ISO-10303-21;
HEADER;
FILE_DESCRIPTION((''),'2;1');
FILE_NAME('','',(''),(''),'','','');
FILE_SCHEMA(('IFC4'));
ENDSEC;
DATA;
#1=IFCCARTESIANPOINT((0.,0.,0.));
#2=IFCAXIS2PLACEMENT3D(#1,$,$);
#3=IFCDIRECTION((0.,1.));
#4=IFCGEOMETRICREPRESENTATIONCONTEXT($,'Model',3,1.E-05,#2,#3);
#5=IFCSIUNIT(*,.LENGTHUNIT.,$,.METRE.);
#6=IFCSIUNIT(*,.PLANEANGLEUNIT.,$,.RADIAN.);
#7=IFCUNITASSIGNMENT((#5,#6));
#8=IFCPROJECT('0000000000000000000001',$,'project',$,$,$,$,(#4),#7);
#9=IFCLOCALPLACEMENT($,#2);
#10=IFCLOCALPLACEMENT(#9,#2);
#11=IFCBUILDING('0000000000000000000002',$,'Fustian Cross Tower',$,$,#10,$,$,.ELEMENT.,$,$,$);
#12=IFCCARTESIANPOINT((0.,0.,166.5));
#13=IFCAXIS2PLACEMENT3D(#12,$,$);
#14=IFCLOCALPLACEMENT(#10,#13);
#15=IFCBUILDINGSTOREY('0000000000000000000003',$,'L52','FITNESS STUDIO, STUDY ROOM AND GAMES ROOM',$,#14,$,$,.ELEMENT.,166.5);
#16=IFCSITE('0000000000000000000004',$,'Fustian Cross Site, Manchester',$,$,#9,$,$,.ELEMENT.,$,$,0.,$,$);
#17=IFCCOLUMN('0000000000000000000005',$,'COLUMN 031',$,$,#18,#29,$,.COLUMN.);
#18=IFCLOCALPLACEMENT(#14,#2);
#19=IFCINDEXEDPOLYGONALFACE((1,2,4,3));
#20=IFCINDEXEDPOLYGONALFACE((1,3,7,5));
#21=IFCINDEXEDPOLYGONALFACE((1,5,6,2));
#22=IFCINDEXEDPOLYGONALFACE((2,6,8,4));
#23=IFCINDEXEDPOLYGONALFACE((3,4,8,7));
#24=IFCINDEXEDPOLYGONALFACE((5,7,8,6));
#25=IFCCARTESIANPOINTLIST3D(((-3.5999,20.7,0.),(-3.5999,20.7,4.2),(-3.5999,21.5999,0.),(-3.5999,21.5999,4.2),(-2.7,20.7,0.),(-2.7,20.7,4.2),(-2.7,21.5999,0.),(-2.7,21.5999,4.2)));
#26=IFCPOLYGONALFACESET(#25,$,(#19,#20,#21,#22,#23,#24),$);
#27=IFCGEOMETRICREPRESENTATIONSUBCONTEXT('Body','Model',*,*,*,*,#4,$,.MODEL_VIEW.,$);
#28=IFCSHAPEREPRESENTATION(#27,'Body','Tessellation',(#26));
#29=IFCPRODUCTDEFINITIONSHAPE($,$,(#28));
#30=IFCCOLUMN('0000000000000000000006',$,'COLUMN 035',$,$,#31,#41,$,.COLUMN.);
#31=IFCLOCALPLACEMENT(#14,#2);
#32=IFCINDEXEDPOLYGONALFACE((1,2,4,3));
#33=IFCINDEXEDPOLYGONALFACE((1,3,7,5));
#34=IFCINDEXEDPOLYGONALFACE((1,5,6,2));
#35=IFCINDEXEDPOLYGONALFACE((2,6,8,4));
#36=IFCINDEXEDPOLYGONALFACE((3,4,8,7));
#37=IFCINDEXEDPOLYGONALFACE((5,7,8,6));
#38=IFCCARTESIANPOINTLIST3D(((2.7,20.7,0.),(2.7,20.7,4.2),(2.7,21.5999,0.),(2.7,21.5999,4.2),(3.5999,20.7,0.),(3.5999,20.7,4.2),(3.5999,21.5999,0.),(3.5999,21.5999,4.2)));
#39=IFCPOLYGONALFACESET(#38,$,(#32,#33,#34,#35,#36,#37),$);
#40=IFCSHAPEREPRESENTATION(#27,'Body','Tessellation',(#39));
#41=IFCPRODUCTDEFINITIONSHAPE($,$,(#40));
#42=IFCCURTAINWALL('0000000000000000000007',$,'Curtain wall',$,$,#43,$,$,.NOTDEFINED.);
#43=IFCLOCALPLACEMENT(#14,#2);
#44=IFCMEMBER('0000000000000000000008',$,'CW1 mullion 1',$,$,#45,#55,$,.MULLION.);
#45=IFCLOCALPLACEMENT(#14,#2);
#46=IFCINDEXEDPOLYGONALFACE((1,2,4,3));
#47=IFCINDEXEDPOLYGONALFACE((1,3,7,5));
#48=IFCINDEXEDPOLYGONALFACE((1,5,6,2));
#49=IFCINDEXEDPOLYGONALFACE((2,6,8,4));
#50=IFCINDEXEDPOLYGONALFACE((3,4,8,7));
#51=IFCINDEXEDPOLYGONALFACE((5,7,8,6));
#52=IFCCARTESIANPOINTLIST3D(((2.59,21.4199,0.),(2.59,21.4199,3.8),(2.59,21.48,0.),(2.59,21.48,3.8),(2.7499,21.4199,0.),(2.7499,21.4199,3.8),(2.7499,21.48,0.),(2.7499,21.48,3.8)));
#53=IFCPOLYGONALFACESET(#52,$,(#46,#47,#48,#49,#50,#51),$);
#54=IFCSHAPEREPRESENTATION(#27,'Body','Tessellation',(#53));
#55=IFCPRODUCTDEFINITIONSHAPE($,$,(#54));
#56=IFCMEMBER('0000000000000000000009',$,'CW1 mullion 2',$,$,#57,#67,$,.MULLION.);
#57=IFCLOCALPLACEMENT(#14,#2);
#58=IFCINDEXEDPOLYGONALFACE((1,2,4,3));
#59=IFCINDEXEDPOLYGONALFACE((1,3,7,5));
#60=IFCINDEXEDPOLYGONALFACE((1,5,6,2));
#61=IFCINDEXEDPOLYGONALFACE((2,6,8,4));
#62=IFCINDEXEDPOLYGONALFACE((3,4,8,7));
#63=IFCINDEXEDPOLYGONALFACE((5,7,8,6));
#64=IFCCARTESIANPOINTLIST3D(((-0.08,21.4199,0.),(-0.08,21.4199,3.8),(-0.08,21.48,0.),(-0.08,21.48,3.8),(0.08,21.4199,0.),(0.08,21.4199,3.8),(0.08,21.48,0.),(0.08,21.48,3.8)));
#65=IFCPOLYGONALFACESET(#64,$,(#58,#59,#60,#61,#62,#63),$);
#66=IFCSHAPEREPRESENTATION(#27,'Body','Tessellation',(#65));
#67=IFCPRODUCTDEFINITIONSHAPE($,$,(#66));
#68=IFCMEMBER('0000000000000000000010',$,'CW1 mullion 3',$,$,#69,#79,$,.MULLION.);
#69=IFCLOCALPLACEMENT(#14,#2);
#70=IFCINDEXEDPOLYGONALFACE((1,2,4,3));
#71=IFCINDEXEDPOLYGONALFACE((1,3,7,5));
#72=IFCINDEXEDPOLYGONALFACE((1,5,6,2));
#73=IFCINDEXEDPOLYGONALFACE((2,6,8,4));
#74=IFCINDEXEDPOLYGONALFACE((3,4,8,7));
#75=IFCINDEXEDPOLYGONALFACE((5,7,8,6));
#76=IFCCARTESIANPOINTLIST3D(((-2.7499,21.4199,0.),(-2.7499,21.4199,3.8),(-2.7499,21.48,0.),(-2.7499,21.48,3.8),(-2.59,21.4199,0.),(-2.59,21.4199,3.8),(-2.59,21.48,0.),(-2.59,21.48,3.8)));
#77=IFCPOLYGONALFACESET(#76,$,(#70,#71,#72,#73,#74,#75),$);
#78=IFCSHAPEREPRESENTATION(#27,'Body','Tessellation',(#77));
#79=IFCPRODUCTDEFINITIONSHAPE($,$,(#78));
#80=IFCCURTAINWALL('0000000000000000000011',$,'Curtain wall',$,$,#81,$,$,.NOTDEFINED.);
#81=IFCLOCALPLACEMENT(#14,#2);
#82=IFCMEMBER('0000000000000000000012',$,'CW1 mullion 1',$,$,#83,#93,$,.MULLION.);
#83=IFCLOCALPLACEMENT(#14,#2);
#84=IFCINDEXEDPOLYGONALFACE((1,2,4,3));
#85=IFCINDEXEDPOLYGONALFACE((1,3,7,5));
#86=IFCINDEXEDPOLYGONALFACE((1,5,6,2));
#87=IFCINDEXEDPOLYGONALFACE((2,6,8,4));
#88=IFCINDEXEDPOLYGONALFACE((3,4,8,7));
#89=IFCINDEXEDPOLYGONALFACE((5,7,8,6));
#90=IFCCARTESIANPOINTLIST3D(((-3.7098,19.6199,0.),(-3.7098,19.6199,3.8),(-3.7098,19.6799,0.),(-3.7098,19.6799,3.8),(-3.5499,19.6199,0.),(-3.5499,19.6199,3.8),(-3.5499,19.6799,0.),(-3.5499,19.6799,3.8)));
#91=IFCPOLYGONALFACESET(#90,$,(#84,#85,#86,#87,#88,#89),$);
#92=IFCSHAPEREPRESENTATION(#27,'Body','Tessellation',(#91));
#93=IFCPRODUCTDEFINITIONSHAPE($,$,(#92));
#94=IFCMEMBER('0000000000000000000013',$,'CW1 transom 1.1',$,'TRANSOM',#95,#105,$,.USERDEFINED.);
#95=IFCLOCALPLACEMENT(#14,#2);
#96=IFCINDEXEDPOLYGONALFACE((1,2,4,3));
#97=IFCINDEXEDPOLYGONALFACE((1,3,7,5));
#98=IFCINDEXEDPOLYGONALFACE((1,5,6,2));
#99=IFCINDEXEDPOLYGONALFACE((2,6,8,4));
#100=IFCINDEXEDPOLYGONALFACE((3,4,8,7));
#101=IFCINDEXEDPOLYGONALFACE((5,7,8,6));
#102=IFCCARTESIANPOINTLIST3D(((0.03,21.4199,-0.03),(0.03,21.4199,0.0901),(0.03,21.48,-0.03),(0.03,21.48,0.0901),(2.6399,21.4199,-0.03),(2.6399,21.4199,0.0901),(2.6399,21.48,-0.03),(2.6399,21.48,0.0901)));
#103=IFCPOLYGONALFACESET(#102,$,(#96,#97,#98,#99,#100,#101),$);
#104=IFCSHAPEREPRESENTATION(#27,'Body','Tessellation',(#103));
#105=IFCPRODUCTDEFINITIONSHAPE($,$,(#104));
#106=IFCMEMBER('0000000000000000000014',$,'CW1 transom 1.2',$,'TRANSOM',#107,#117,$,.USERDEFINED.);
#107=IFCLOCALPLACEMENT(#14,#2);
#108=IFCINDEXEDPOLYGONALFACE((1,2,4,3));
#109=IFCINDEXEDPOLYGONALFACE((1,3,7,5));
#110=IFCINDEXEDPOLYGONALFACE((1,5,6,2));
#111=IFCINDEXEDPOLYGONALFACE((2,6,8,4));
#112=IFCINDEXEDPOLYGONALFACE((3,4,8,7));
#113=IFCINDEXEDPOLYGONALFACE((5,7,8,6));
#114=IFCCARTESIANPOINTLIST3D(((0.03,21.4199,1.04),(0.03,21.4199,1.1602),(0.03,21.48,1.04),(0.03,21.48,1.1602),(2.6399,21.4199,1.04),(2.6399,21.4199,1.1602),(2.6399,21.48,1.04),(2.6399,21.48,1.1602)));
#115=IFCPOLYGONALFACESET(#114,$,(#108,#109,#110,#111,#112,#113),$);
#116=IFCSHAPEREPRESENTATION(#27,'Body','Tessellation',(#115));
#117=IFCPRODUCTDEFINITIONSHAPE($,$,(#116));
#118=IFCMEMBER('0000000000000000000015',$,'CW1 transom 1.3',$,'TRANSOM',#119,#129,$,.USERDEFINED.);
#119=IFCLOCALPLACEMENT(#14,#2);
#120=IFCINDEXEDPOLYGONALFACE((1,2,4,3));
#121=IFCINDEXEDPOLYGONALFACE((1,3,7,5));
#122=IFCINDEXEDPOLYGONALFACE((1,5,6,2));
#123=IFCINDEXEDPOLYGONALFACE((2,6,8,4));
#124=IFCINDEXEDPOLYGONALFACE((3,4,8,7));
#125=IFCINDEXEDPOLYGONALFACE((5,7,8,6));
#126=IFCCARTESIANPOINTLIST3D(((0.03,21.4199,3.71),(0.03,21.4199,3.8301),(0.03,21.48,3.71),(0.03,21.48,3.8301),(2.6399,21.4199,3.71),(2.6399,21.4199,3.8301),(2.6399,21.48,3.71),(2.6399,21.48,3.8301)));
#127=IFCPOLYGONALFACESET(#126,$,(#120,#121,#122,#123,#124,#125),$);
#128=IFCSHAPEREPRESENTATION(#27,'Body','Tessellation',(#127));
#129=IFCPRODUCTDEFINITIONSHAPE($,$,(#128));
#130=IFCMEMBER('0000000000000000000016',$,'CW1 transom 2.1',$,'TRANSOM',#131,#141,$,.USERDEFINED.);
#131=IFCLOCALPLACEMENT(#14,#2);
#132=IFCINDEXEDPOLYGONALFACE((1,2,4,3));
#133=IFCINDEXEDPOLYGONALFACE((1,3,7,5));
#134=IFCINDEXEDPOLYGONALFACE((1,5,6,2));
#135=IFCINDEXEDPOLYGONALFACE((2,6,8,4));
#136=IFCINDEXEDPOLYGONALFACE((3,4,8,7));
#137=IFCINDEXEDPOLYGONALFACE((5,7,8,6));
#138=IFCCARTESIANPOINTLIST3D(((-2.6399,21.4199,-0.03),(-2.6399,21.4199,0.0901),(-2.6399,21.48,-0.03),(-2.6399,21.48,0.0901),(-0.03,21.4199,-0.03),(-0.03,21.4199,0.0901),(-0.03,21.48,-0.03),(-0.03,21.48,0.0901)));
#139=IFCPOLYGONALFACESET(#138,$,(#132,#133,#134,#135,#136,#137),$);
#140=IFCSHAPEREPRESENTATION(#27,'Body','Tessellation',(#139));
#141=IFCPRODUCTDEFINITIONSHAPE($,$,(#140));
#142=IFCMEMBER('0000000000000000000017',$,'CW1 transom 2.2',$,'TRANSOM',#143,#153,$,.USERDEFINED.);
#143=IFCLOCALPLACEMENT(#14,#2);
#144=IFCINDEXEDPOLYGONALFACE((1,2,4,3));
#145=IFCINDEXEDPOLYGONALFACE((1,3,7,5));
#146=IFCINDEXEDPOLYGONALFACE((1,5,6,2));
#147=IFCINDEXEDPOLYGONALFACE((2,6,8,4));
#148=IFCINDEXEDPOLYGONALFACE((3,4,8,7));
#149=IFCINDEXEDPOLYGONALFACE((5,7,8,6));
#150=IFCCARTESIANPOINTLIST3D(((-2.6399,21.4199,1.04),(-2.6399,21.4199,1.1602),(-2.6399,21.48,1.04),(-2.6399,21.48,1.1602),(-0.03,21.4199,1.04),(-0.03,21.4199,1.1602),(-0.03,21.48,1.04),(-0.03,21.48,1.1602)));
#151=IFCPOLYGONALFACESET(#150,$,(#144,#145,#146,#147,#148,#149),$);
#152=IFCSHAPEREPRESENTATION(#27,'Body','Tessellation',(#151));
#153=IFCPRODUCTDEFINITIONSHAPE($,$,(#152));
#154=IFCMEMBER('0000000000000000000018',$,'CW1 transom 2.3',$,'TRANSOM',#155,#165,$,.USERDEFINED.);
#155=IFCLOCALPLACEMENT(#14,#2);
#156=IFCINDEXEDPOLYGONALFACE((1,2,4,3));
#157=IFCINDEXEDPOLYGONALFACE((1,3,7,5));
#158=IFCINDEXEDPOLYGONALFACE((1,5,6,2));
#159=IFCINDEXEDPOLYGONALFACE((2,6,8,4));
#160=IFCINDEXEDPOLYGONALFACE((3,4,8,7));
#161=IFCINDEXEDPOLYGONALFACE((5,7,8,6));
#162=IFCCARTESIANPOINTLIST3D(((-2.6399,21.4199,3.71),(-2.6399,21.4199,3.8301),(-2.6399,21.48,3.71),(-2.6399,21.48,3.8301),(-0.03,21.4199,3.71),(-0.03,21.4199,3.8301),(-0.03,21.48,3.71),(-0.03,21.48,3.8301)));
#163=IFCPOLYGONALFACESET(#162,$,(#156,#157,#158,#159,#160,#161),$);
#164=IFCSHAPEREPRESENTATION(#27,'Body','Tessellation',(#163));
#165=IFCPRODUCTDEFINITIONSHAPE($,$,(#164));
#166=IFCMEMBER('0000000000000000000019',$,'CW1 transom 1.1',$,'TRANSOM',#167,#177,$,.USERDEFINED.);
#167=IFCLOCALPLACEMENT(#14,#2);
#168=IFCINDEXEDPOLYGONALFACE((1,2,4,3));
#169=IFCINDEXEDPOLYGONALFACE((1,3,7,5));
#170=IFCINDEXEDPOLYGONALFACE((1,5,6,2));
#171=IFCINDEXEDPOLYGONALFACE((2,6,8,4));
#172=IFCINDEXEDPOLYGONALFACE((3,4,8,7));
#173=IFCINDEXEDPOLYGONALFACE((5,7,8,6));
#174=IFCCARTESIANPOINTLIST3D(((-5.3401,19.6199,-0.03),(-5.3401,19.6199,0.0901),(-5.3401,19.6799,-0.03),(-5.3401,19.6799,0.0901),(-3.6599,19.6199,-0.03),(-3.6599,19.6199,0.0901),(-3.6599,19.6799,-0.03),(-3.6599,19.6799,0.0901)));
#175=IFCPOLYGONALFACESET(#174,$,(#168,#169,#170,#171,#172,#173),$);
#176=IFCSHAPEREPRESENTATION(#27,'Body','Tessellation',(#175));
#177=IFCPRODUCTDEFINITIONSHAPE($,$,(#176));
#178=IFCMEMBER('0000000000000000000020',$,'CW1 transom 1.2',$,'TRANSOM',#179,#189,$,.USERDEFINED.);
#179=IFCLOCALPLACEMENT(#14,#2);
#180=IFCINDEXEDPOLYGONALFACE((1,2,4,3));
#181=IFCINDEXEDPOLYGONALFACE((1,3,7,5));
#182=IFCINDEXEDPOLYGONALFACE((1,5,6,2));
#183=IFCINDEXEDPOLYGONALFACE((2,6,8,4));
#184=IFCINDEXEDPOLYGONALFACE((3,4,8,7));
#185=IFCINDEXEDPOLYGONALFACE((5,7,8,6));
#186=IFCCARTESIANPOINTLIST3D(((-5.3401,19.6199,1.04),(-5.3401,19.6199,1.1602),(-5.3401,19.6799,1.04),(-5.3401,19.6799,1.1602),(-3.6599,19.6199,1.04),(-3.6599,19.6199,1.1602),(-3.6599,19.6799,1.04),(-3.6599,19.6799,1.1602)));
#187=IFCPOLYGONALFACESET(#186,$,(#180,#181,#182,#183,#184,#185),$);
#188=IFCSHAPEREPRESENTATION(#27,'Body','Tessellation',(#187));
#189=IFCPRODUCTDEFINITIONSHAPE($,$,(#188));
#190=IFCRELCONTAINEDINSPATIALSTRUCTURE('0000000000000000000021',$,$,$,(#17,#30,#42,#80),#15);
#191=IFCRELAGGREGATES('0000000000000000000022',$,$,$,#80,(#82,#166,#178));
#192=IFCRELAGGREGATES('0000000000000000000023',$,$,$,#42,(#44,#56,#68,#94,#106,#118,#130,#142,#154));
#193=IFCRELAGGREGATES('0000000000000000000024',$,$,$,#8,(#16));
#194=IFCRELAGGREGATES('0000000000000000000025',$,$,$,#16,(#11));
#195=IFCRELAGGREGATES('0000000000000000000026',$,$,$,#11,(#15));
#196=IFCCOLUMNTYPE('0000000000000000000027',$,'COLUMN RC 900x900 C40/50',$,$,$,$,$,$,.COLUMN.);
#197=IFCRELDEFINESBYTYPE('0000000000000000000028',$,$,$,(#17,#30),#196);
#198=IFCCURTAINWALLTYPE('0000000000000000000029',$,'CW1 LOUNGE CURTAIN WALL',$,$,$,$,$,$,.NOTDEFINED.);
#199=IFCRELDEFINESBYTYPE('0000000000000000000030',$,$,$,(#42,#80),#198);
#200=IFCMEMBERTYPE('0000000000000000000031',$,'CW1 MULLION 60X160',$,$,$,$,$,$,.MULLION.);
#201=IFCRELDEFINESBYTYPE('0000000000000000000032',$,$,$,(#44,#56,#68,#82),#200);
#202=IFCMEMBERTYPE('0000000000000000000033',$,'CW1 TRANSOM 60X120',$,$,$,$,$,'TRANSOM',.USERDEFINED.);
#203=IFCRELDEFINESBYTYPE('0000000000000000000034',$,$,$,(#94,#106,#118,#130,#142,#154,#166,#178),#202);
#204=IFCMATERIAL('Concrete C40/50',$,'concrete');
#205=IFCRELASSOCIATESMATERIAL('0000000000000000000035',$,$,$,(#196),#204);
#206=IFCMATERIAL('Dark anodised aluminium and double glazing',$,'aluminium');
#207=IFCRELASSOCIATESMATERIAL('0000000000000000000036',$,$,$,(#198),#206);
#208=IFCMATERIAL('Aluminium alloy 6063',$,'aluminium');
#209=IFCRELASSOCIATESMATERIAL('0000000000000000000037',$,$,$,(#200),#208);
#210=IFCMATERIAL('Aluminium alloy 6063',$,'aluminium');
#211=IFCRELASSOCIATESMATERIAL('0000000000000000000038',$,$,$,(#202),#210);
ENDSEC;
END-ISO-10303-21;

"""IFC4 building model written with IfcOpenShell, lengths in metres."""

from ifc_helpers import new_model, si_unit, direction, frame, origin, origin_2d, place, context, subcontext, project, spatial, rectangle, extrude, material, material_profile, profile_set, type_object, element, aggregate, save


model = new_model("IFC4")

# Units and contexts
model_context = context("Model", 3, precision=1e-05, world=origin(), true_north=direction((0.0, 1.0)))
body_context = subcontext(model_context, "Body", "Model", "MODEL_VIEW")
ifc_project = project(units=[si_unit("LENGTHUNIT", "METRE"), si_unit("PLANEANGLEUNIT", "RADIAN")], contexts=[model_context])

# Site, building, storey
site_placement = place(None, origin())
site = spatial("IfcSite", under=ifc_project, at=site_placement, Name="Fustian Cross Site, Manchester", CompositionType="ELEMENT", RefElevation=0.0)
building_placement = place(site_placement, origin())
building = spatial("IfcBuilding", under=site, at=building_placement, Name="Fustian Cross Tower", CompositionType="ELEMENT")
storey_placement = place(building_placement, frame((0.0, 0.0, 166.5)))
storey = spatial("IfcBuildingStorey", under=building, at=storey_placement, Name="L52", Description="FITNESS STUDIO, STUDY ROOM AND GAMES ROOM", CompositionType="ELEMENT", Elevation=166.5)

# Columns
ifc_material_1 = material(Name="Concrete C40/50", Category="concrete")
ifc_material_profile_1 = material_profile(ifc_material_1, rectangle(XDim=0.8999, YDim=0.8999, at=origin_2d()), Name="RC 900x900")
ifc_profile_set_1 = profile_set([ifc_material_profile_1], Name="Concrete C40/50")
column_type = type_object("IfcColumnType", Name="COLUMN RC 900x900 C40/50", PredefinedType="COLUMN", material=ifc_profile_set_1)
for number, where, z_axis, x_axis, name in (
    (1, (-3.1499, 21.1499, 0.0), (0.0, 0.0, 1.0), (1.0, 0.0, 0.0), "COLUMN 031"),
    (2, (3.1499, 21.1499, 0.0), (0.0, 0.0, 1.0), (1.0, 0.0, 0.0), "COLUMN 035"),
):
    element("IfcColumn", number, at=place(storey_placement, frame(where, z_axis=z_axis, x_axis=x_axis)), inside=storey, type_object=column_type, Name=name, PredefinedType="COLUMN", context=body_context, shape_type="SweptSolid", body=[
        extrude(rectangle(XDim=0.8999, YDim=0.8999, at=origin_2d()), origin(), (0.0, 0.0, 1.0), 4.2),
    ])

# Curtain wall, members
ifc_material_2 = material(Name="Dark anodised aluminium and double glazing", Category="aluminium")
curtain_wall_type = type_object("IfcCurtainWallType", Name="CW1 LOUNGE CURTAIN WALL", PredefinedType="NOTDEFINED", material=ifc_material_2)
curtain_wall_1_placement = place(storey_placement, origin())
curtain_wall_1 = element("IfcCurtainWall", 3, at=curtain_wall_1_placement, inside=storey, type_object=curtain_wall_type, Name="Curtain wall", PredefinedType="NOTDEFINED")
ifc_material_3 = material(Name="Aluminium alloy 6063", Category="aluminium")
ifc_material_profile_2 = material_profile(ifc_material_3, rectangle(XDim=0.0601, YDim=0.1599, at=origin_2d()), Name="CW1 MULLION 60X160")
ifc_profile_set_2 = profile_set([ifc_material_profile_2], Name="Aluminium alloy 6063")
member_type_1 = type_object("IfcMemberType", Name="CW1 MULLION 60X160", PredefinedType="MULLION", material=ifc_profile_set_2)
member_1_placement = place(storey_placement, frame((2.6699, 21.45, 0.0), z_axis=(0.0, 0.0, 1.0), x_axis=(0.0, -1.0, 0.0)))
member_1 = element("IfcMember", 4, at=member_1_placement, type_object=member_type_1, Name="CW1 mullion 1", PredefinedType="MULLION", context=body_context, shape_type="SweptSolid", body=[
    extrude(rectangle(XDim=0.0601, YDim=0.1599, at=origin_2d()), origin(), (0.0, 0.0, 1.0), 3.8),
])
member_2_placement = place(storey_placement, frame((0.0, 21.45, 0.0), z_axis=(0.0, 0.0, 1.0), x_axis=(0.0, -1.0, 0.0)))
member_2 = element("IfcMember", 5, at=member_2_placement, type_object=member_type_1, Name="CW1 mullion 2", PredefinedType="MULLION", context=body_context, shape_type="SweptSolid", body=[
    extrude(rectangle(XDim=0.0601, YDim=0.1599, at=origin_2d()), origin(), (0.0, 0.0, 1.0), 3.8),
])
member_3_placement = place(storey_placement, frame((-2.6699, 21.45, 0.0), z_axis=(0.0, 0.0, 1.0), x_axis=(0.0, -1.0, 0.0)))
member_3 = element("IfcMember", 6, at=member_3_placement, type_object=member_type_1, Name="CW1 mullion 3", PredefinedType="MULLION", context=body_context, shape_type="SweptSolid", body=[
    extrude(rectangle(XDim=0.0601, YDim=0.1599, at=origin_2d()), origin(), (0.0, 0.0, 1.0), 3.8),
])

# Curtain wall, member
curtain_wall_2_placement = place(storey_placement, origin())
curtain_wall_2 = element("IfcCurtainWall", 7, at=curtain_wall_2_placement, inside=storey, type_object=curtain_wall_type, Name="Curtain wall", PredefinedType="NOTDEFINED")
member_4_placement = place(storey_placement, frame((-3.6299, 19.6499, 0.0), z_axis=(0.0, 0.0, 1.0), x_axis=(0.0, -1.0, 0.0)))
member_4 = element("IfcMember", 8, at=member_4_placement, type_object=member_type_1, Name="CW1 mullion 1", PredefinedType="MULLION", context=body_context, shape_type="SweptSolid", body=[
    extrude(rectangle(XDim=0.0601, YDim=0.1599, at=origin_2d()), origin(), (0.0, 0.0, 1.0), 3.8),
])

# Members
ifc_material_4 = material(Name="Aluminium alloy 6063", Category="aluminium")
ifc_material_profile_3 = material_profile(ifc_material_4, rectangle(XDim=0.0601, YDim=0.1201, at=origin_2d()), Name="CW1 TRANSOM 60X120")
ifc_profile_set_3 = profile_set([ifc_material_profile_3], Name="Aluminium alloy 6063")
member_type_2 = type_object("IfcMemberType", Name="CW1 TRANSOM 60X120", ElementType="TRANSOM", PredefinedType="USERDEFINED", material=ifc_profile_set_3)
member_5_placement = place(storey_placement, frame((2.6399, 21.45, 0.03), z_axis=(-1.0, 0.0, 0.0), x_axis=(0.0, -1.0, 0.0)))
member_5 = element("IfcMember", 9, at=member_5_placement, type_object=member_type_2, Name="CW1 transom 1.1", ObjectType="TRANSOM", PredefinedType="USERDEFINED", context=body_context, shape_type="SweptSolid", body=[
    extrude(rectangle(XDim=0.0601, YDim=0.1201, at=origin_2d()), origin(), (0.0, 0.0, 1.0), 2.6099),
])
member_6_placement = place(storey_placement, frame((2.6399, 21.45, 1.1001), z_axis=(-1.0, 0.0, 0.0), x_axis=(0.0, -1.0, 0.0)))
member_6 = element("IfcMember", 10, at=member_6_placement, type_object=member_type_2, Name="CW1 transom 1.2", ObjectType="TRANSOM", PredefinedType="USERDEFINED", context=body_context, shape_type="SweptSolid", body=[
    extrude(rectangle(XDim=0.0601, YDim=0.1201, at=origin_2d()), origin(), (0.0, 0.0, 1.0), 2.6099),
])
member_7_placement = place(storey_placement, frame((2.6399, 21.45, 3.77), z_axis=(-1.0, 0.0, 0.0), x_axis=(0.0, -1.0, 0.0)))
member_7 = element("IfcMember", 11, at=member_7_placement, type_object=member_type_2, Name="CW1 transom 1.3", ObjectType="TRANSOM", PredefinedType="USERDEFINED", context=body_context, shape_type="SweptSolid", body=[
    extrude(rectangle(XDim=0.0601, YDim=0.1201, at=origin_2d()), origin(), (0.0, 0.0, 1.0), 2.6099),
])
member_8_placement = place(storey_placement, frame((-0.03, 21.45, 0.03), z_axis=(-1.0, 0.0, 0.0), x_axis=(0.0, -1.0, 0.0)))
member_8 = element("IfcMember", 12, at=member_8_placement, type_object=member_type_2, Name="CW1 transom 2.1", ObjectType="TRANSOM", PredefinedType="USERDEFINED", context=body_context, shape_type="SweptSolid", body=[
    extrude(rectangle(XDim=0.0601, YDim=0.1201, at=origin_2d()), origin(), (0.0, 0.0, 1.0), 2.6099),
])
member_9_placement = place(storey_placement, frame((-0.03, 21.45, 1.1001), z_axis=(-1.0, 0.0, 0.0), x_axis=(0.0, -1.0, 0.0)))
member_9 = element("IfcMember", 13, at=member_9_placement, type_object=member_type_2, Name="CW1 transom 2.2", ObjectType="TRANSOM", PredefinedType="USERDEFINED", context=body_context, shape_type="SweptSolid", body=[
    extrude(rectangle(XDim=0.0601, YDim=0.1201, at=origin_2d()), origin(), (0.0, 0.0, 1.0), 2.6099),
])
member_10_placement = place(storey_placement, frame((-0.03, 21.45, 3.77), z_axis=(-1.0, 0.0, 0.0), x_axis=(0.0, -1.0, 0.0)))
member_10 = element("IfcMember", 14, at=member_10_placement, type_object=member_type_2, Name="CW1 transom 2.3", ObjectType="TRANSOM", PredefinedType="USERDEFINED", context=body_context, shape_type="SweptSolid", body=[
    extrude(rectangle(XDim=0.0601, YDim=0.1201, at=origin_2d()), origin(), (0.0, 0.0, 1.0), 2.6099),
])
member_11_placement = place(storey_placement, frame((-3.6599, 19.6499, 0.03), z_axis=(-1.0, 0.0, 0.0), x_axis=(0.0, -1.0, 0.0)))
member_11 = element("IfcMember", 15, at=member_11_placement, type_object=member_type_2, Name="CW1 transom 1.1", ObjectType="TRANSOM", PredefinedType="USERDEFINED", context=body_context, shape_type="SweptSolid", body=[
    extrude(rectangle(XDim=0.0601, YDim=0.1201, at=origin_2d()), origin(), (0.0, 0.0, 1.0), 1.6802),
])
member_12_placement = place(storey_placement, frame((-3.6599, 19.6499, 1.1001), z_axis=(-1.0, 0.0, 0.0), x_axis=(0.0, -1.0, 0.0)))
member_12 = element("IfcMember", 16, at=member_12_placement, type_object=member_type_2, Name="CW1 transom 1.2", ObjectType="TRANSOM", PredefinedType="USERDEFINED", context=body_context, shape_type="SweptSolid", body=[
    extrude(rectangle(XDim=0.0601, YDim=0.1201, at=origin_2d()), origin(), (0.0, 0.0, 1.0), 1.6802),
])
aggregate(curtain_wall_2, [member_4, member_11, member_12])

aggregate(curtain_wall_1, [member_1, member_2, member_3, member_5, member_6, member_7, member_8, member_9, member_10])

save(model, "model.ifc")
